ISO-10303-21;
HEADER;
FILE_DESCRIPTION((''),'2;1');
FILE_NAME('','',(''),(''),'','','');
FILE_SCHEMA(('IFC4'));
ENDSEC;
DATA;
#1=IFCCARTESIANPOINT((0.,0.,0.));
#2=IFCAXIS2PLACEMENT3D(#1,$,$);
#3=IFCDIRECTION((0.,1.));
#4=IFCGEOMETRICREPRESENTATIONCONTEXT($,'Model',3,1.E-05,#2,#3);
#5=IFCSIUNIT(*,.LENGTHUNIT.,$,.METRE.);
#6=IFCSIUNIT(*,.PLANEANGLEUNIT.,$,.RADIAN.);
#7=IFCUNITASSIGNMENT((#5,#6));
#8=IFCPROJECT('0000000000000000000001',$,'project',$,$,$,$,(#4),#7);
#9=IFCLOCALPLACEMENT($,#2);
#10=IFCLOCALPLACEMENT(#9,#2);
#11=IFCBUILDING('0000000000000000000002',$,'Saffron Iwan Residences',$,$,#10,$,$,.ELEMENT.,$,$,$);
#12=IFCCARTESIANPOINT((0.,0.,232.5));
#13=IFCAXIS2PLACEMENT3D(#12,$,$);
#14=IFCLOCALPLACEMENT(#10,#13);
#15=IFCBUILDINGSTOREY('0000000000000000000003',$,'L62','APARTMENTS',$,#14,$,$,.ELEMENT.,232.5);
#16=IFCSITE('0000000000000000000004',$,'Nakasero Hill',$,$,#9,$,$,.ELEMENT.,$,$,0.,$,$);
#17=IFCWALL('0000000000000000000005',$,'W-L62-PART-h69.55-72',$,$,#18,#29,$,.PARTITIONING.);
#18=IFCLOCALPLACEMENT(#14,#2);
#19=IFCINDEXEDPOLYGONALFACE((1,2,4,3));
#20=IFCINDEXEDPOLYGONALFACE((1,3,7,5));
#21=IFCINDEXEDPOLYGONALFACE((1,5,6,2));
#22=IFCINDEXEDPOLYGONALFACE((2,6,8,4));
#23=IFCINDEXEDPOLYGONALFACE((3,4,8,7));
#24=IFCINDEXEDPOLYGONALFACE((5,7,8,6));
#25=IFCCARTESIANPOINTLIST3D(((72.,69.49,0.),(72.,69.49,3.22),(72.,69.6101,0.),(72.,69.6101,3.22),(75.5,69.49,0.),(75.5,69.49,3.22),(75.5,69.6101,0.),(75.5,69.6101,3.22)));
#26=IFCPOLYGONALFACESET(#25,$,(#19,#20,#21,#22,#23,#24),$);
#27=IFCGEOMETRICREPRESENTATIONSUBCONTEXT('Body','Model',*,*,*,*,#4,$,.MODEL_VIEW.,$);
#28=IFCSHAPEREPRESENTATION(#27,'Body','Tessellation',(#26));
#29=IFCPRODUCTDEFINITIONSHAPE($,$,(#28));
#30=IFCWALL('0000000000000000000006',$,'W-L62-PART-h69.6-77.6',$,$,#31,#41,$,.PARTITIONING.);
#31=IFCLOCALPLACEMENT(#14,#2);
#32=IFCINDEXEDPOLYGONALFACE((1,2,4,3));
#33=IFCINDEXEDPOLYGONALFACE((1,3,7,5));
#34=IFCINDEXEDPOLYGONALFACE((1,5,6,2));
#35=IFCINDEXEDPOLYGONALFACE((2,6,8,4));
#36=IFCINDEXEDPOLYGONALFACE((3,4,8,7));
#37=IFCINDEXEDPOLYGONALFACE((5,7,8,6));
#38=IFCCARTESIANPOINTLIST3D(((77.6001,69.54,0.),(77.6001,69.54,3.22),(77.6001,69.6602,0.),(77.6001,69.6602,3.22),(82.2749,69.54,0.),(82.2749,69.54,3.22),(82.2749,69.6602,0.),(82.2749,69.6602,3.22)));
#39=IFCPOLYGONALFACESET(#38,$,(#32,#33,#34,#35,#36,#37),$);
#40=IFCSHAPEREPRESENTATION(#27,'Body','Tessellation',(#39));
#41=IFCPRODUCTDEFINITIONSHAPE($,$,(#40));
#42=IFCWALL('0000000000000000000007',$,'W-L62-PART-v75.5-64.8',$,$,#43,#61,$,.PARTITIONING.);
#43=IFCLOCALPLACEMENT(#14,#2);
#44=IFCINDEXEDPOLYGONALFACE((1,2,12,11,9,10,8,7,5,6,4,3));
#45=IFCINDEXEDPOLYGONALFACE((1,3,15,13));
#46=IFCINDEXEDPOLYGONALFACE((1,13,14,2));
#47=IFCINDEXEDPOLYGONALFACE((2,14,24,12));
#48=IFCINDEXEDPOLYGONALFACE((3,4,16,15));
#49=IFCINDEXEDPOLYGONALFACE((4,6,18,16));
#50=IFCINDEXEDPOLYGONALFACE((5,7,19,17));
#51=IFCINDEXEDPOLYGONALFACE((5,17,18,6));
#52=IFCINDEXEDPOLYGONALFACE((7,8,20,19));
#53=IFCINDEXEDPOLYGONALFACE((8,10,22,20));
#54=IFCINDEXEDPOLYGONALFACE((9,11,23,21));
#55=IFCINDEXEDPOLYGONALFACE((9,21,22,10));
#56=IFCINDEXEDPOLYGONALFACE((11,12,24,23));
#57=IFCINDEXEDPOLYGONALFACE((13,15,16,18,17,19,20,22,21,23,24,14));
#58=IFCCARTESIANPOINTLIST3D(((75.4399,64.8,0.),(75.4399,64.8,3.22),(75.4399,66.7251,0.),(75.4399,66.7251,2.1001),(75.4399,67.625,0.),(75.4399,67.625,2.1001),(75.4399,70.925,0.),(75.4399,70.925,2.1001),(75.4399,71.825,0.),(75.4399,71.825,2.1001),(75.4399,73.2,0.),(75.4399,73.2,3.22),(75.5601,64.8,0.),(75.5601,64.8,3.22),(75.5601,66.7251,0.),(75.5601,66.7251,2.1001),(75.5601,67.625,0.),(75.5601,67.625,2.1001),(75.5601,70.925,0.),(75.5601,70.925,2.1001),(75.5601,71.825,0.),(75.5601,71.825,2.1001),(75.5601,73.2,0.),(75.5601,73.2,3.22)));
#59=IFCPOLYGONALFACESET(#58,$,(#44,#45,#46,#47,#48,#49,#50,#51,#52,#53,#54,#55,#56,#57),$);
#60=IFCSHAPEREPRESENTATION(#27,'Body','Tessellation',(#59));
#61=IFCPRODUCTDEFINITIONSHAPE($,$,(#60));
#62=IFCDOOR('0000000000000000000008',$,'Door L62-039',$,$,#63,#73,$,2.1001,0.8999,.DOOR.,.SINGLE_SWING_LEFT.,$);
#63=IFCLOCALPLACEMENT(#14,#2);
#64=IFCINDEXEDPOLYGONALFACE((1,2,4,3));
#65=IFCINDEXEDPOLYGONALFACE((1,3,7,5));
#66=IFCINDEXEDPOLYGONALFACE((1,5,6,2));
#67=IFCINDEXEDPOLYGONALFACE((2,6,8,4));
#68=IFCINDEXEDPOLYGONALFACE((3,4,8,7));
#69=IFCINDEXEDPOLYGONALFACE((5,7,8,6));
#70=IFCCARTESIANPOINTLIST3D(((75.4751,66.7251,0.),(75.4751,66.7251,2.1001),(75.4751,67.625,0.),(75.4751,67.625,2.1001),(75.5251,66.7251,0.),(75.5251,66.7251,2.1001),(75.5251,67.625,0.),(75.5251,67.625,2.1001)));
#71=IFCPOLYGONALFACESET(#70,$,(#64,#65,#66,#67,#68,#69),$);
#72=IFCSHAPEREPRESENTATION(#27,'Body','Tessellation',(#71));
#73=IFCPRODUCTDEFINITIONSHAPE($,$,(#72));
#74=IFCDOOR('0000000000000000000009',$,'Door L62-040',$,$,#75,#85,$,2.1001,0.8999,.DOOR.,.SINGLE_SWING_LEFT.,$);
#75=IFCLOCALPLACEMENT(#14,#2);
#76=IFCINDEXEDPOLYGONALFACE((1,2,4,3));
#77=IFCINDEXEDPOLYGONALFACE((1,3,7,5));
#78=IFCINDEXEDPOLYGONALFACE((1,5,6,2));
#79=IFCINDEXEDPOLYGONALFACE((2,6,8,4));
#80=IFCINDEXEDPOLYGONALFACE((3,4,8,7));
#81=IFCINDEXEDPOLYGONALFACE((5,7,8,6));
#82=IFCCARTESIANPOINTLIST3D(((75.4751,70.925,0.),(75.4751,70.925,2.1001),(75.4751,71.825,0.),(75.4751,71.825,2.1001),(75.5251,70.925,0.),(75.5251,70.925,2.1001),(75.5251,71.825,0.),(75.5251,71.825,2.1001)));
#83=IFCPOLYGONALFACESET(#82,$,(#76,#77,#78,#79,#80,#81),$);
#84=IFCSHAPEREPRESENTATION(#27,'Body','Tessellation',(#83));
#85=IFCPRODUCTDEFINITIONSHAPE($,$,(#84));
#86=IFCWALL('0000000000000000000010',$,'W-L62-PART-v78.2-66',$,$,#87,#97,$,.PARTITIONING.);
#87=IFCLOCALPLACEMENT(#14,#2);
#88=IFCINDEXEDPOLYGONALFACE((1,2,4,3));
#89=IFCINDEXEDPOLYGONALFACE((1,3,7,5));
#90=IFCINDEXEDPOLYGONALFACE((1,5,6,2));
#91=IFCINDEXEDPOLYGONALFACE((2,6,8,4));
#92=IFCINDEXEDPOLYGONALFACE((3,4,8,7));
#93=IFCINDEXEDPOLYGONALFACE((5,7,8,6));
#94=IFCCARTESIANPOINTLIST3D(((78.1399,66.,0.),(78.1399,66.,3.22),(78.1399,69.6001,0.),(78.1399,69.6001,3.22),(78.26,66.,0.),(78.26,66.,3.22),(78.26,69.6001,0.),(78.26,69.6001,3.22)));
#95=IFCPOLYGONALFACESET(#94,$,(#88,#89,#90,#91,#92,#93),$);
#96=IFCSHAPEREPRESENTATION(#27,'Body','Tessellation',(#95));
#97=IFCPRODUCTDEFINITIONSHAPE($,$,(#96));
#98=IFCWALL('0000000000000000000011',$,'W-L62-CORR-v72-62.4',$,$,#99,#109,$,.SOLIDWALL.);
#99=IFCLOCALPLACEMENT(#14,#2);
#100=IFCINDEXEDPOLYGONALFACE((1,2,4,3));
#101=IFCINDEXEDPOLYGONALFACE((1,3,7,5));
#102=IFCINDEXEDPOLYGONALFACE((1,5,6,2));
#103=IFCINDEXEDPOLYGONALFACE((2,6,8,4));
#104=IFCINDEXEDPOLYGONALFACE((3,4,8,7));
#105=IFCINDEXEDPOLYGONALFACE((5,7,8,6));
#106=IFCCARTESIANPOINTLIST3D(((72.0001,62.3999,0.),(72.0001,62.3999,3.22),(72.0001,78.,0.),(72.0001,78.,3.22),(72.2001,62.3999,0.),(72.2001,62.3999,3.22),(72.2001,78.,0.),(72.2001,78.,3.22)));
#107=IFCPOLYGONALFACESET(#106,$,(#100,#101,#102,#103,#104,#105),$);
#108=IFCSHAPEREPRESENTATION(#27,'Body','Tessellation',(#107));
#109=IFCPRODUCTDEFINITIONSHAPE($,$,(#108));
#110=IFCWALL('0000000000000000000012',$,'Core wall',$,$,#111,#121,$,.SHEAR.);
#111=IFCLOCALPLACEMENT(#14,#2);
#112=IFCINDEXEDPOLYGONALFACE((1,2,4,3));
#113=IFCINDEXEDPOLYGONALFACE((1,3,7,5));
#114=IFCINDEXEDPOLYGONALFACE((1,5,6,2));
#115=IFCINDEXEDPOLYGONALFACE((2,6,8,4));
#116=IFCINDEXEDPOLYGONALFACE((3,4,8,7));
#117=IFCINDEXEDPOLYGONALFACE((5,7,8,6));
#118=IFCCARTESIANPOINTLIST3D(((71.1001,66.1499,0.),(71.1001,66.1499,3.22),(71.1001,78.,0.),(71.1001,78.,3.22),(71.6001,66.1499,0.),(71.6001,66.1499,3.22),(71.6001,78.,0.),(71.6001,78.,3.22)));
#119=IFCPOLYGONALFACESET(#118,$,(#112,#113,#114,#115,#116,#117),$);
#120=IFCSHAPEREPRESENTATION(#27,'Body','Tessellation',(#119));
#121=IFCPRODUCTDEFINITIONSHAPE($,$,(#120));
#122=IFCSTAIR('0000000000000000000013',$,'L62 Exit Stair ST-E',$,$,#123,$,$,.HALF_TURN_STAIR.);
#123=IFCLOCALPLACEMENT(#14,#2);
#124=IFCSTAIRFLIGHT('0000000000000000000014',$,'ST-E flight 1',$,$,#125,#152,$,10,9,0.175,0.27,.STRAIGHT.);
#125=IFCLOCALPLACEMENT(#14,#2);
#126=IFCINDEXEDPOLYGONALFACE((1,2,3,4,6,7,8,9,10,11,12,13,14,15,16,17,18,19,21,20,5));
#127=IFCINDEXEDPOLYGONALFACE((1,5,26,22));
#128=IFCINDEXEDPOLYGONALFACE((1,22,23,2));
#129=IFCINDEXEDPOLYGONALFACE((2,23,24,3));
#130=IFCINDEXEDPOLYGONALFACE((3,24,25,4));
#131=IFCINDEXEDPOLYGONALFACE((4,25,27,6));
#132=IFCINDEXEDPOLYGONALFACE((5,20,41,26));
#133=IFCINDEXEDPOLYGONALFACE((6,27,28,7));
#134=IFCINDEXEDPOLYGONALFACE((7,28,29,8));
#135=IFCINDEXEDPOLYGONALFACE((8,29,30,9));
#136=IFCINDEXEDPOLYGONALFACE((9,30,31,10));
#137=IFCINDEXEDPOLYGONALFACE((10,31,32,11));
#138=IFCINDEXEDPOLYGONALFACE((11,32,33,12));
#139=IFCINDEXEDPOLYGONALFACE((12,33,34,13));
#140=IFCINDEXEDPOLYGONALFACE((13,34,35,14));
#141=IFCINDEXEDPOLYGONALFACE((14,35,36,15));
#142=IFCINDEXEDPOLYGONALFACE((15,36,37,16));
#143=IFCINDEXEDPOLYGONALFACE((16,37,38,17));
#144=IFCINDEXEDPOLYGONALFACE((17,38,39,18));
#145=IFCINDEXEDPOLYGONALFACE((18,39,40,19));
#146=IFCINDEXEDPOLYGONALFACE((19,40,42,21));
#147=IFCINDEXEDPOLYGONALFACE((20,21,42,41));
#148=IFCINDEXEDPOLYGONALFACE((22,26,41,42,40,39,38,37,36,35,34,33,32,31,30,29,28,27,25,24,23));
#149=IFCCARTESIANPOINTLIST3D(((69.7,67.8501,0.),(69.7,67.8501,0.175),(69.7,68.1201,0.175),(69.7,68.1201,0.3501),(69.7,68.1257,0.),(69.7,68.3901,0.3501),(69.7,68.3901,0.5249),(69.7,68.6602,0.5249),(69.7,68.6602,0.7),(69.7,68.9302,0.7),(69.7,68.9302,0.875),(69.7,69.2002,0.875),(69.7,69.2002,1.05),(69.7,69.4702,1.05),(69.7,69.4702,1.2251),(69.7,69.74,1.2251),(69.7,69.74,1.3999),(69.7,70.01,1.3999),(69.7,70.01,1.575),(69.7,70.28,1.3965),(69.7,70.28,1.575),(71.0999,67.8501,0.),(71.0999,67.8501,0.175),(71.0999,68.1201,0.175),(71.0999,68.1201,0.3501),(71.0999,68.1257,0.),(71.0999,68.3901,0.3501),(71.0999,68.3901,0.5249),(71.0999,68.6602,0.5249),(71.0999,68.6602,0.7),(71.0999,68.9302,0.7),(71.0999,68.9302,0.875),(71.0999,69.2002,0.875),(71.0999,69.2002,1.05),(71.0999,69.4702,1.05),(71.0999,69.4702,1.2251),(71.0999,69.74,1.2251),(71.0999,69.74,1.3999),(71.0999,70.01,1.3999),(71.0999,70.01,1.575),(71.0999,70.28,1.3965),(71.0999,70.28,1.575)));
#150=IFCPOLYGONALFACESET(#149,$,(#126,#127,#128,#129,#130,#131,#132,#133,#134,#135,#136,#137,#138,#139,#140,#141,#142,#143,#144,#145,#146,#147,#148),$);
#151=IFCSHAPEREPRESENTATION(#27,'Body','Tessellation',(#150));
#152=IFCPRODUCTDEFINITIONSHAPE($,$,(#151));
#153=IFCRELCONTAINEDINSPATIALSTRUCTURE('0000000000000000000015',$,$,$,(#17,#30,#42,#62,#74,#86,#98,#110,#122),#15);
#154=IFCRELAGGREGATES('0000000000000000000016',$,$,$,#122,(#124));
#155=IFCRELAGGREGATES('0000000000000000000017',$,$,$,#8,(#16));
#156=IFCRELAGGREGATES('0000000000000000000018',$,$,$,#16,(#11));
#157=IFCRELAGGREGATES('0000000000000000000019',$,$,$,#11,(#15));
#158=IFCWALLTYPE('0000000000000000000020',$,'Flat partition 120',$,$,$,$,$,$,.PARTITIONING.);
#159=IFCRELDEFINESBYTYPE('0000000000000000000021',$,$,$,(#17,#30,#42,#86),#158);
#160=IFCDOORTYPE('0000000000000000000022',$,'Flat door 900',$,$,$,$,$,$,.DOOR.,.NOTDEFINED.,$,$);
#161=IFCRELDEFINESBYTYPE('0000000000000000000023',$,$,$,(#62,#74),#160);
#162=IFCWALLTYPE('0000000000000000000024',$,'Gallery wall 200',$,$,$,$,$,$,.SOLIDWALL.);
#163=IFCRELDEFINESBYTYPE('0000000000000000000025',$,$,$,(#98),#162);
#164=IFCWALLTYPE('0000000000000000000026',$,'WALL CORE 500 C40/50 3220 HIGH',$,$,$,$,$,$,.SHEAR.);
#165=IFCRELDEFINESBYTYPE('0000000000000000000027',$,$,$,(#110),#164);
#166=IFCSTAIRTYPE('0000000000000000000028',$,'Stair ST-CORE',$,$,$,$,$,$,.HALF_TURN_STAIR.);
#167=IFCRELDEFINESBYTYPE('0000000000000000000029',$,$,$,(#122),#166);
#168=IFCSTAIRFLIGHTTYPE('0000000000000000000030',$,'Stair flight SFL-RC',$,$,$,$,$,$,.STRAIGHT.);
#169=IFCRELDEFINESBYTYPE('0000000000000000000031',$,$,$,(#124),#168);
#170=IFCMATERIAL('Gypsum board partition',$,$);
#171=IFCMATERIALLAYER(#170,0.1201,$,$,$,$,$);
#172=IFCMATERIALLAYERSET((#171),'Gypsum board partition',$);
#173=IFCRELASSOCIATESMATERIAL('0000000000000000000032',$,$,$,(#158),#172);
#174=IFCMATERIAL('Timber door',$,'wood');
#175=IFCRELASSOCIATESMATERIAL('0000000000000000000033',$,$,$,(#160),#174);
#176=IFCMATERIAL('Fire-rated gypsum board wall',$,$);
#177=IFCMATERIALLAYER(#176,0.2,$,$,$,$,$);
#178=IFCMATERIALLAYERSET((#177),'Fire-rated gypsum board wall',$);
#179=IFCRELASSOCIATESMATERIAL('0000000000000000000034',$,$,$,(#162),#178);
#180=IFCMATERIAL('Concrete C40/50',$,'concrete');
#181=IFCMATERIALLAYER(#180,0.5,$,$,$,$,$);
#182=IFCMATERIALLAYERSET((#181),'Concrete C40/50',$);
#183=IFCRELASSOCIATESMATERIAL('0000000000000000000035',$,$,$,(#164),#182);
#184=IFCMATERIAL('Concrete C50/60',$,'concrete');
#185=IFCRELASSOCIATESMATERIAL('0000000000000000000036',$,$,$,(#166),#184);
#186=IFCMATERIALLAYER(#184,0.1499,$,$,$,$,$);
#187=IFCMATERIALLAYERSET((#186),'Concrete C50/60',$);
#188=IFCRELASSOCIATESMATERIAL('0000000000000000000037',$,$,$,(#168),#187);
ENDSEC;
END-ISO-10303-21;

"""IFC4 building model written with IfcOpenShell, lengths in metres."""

from ifc_helpers import new_model, si_unit, direction, frame, frame_2d, origin, place, context, subcontext, project, spatial, polyline, rectangle, outline, extrude, material, layer, layer_set, type_object, element, fill, aggregate, save


model = new_model("IFC4")

# Units and contexts
model_context = context("Model", 3, precision=1e-05, world=origin(), true_north=direction((0.0, 1.0)))
body_context = subcontext(model_context, "Body", "Model", "MODEL_VIEW")
ifc_project = project(units=[si_unit("LENGTHUNIT", "METRE"), si_unit("PLANEANGLEUNIT", "RADIAN")], contexts=[model_context])

# Site, building, storey
site_placement = place(None, origin())
site = spatial("IfcSite", under=ifc_project, at=site_placement, Name="Nakasero Hill", CompositionType="ELEMENT", RefElevation=0.0)
building_placement = place(site_placement, origin())
building = spatial("IfcBuilding", under=site, at=building_placement, Name="Saffron Iwan Residences", CompositionType="ELEMENT")
storey_placement = place(building_placement, frame((0.0, 0.0, 232.5)))
storey = spatial("IfcBuildingStorey", under=building, at=storey_placement, Name="L62", Description="APARTMENTS", CompositionType="ELEMENT", Elevation=232.5)

# Shared definitions
ifc_material_1 = material(Name="Concrete C40/50", Category="concrete")

# Shared definitions
ifc_material_2 = material(Name="Fire-rated gypsum board wall")
ifc_material_3 = material(Name="Gypsum board partition")
ifc_layer_1 = layer(ifc_material_3, 0.1201)
ifc_layer_set_1 = layer_set([ifc_layer_1], Name="Gypsum board partition")
wall_type_1 = type_object("IfcWallType", Name="Flat partition 120", PredefinedType="PARTITIONING", material=ifc_layer_set_1)

# Shared definitions
ifc_material_4 = material(Name="Timber door", Category="wood")
door_type_1 = type_object("IfcDoorType", Name="Flat door 900", OperationType="NOTDEFINED", PredefinedType="DOOR", material=ifc_material_4)

# Walls
wall_1_placement = place(storey_placement, frame((72.0, 69.55, 0.0), z_axis=(0.0, 0.0, 1.0), x_axis=(1.0, 0.0, 0.0)))
element("IfcWall", 1, at=wall_1_placement, inside=storey, type_object=wall_type_1, Name="W-L62-PART-h69.55-72", PredefinedType="PARTITIONING", context=body_context, shape_type="SweptSolid", body=[
    extrude(rectangle(XDim=3.5, YDim=0.1201, at=frame_2d((1.75, 0.0))), origin(), (0.0, 0.0, 1.0), 3.22),
])
wall_2_placement = place(storey_placement, frame((77.6001, 69.6001, 0.0), z_axis=(0.0, 0.0, 1.0), x_axis=(1.0, 0.0, 0.0)))
element("IfcWall", 2, at=wall_2_placement, inside=storey, type_object=wall_type_1, Name="W-L62-PART-h69.6-77.6", PredefinedType="PARTITIONING", context=body_context, shape_type="SweptSolid", body=[
    extrude(rectangle(XDim=4.6748, YDim=0.1201, at=frame_2d((2.3374, 0.0))), origin(), (0.0, 0.0, 1.0), 3.22),
])

# Wall, openings, doors
wall_3_placement = place(storey_placement, frame((75.5, 64.8, 0.0), z_axis=(0.0, 0.0, 1.0), x_axis=(0.0, 1.0, 0.0)))
wall_3 = element("IfcWall", 3, at=wall_3_placement, inside=storey, type_object=wall_type_1, Name="W-L62-PART-v75.5-64.8", PredefinedType="PARTITIONING", context=body_context, shape_type="SweptSolid", body=[
    extrude(rectangle(XDim=8.3999, YDim=0.1201, at=frame_2d((4.2, 0.0))), origin(), (0.0, 0.0, 1.0), 3.22),
])
opening_1_placement = place(wall_3_placement, frame((1.925, 0.0, 0.0)))
opening_1 = element("IfcOpeningElement", 4, at=opening_1_placement, cuts=wall_3, PredefinedType="OPENING", context=body_context, shape_type="SweptSolid", body=[
    extrude(rectangle(XDim=0.8999, YDim=2.1001, at=frame_2d((0.45, 1.05))), frame((0.0, 0.0701, 0.0), z_axis=(0.0, -1.0, 0.0), x_axis=(1.0, 0.0, 0.0)), (0.0, 0.0, 1.0), 0.1401),
])
opening_2_placement = place(wall_3_placement, frame((6.125, 0.0, 0.0)))
opening_2 = element("IfcOpeningElement", 5, at=opening_2_placement, cuts=wall_3, PredefinedType="OPENING", context=body_context, shape_type="SweptSolid", body=[
    extrude(rectangle(XDim=0.8999, YDim=2.1001, at=frame_2d((0.45, 1.05))), frame((0.0, 0.0701, 0.0), z_axis=(0.0, -1.0, 0.0), x_axis=(1.0, 0.0, 0.0)), (0.0, 0.0, 1.0), 0.1401),
])
door_1_placement = place(opening_1_placement, origin())
door_1 = element("IfcDoor", 6, at=door_1_placement, inside=storey, type_object=door_type_1, Name="Door L62-039", OperationType="SINGLE_SWING_LEFT", OverallHeight=2.1001, OverallWidth=0.8999, PredefinedType="DOOR", context=body_context, shape_type="SweptSolid", body=[
    extrude(rectangle(XDim=0.8999, YDim=2.1001, at=frame_2d((0.45, 1.05))), frame((0.0, 0.0249, 0.0), z_axis=(0.0, -1.0, 0.0), x_axis=(1.0, 0.0, 0.0)), (0.0, 0.0, 1.0), 0.05),
])
fill(opening_1, door_1)
door_2_placement = place(opening_2_placement, origin())
door_2 = element("IfcDoor", 7, at=door_2_placement, inside=storey, type_object=door_type_1, Name="Door L62-040", OperationType="SINGLE_SWING_LEFT", OverallHeight=2.1001, OverallWidth=0.8999, PredefinedType="DOOR", context=body_context, shape_type="SweptSolid", body=[
    extrude(rectangle(XDim=0.8999, YDim=2.1001, at=frame_2d((0.45, 1.05))), frame((0.0, 0.0249, 0.0), z_axis=(0.0, -1.0, 0.0), x_axis=(1.0, 0.0, 0.0)), (0.0, 0.0, 1.0), 0.05),
])
fill(opening_2, door_2)

# Walls
wall_4_placement = place(storey_placement, frame((78.2, 66.0, 0.0), z_axis=(0.0, 0.0, 1.0), x_axis=(0.0, 1.0, 0.0)))
element("IfcWall", 8, at=wall_4_placement, inside=storey, type_object=wall_type_1, Name="W-L62-PART-v78.2-66", PredefinedType="PARTITIONING", context=body_context, shape_type="SweptSolid", body=[
    extrude(rectangle(XDim=3.6001, YDim=0.1201, at=frame_2d((1.8, 0.0))), origin(), (0.0, 0.0, 1.0), 3.22),
])
ifc_layer_2 = layer(ifc_material_2, 0.2)
ifc_layer_set_2 = layer_set([ifc_layer_2], Name="Fire-rated gypsum board wall")
wall_type_2 = type_object("IfcWallType", Name="Gallery wall 200", PredefinedType="SOLIDWALL", material=ifc_layer_set_2)
wall_5_placement = place(storey_placement, frame((72.1001, 62.3999, 0.0), z_axis=(0.0, 0.0, 1.0), x_axis=(0.0, 1.0, 0.0)))
element("IfcWall", 9, at=wall_5_placement, inside=storey, type_object=wall_type_2, Name="W-L62-CORR-v72-62.4", PredefinedType="SOLIDWALL", context=body_context, shape_type="SweptSolid", body=[
    extrude(rectangle(XDim=15.6001, YDim=0.2, at=frame_2d((7.8, 0.0))), origin(), (0.0, 0.0, 1.0), 3.22),
])
ifc_layer_3 = layer(ifc_material_1, 0.5)
ifc_layer_set_3 = layer_set([ifc_layer_3], Name="Concrete C40/50")
wall_type_3 = type_object("IfcWallType", Name="WALL CORE 500 C40/50 3220 HIGH", PredefinedType="SHEAR", material=ifc_layer_set_3)
wall_6_placement = place(storey_placement, frame((71.3501, 66.1499, 0.0), z_axis=(0.0, 0.0, 1.0), x_axis=(0.0, 1.0, 0.0)))
element("IfcWall", 10, at=wall_6_placement, inside=storey, type_object=wall_type_3, Name="Core wall", PredefinedType="SHEAR", context=body_context, shape_type="SweptSolid", body=[
    extrude(rectangle(XDim=11.8501, YDim=0.5, at=frame_2d((5.925, 0.0))), origin(), (0.0, 0.0, 1.0), 3.22),
])

# Stair, stair flight
ifc_material_5 = material(Name="Concrete C50/60", Category="concrete")
stair_type = type_object("IfcStairType", Name="Stair ST-CORE", PredefinedType="HALF_TURN_STAIR", material=ifc_material_5)
stair_placement = place(storey_placement, origin())
stair = element("IfcStair", 11, at=stair_placement, inside=storey, type_object=stair_type, Name="L62 Exit Stair ST-E", PredefinedType="HALF_TURN_STAIR")
ifc_layer_4 = layer(ifc_material_5, 0.1499)
ifc_layer_set_4 = layer_set([ifc_layer_4], Name="Concrete C50/60")
stair_flight_type = type_object("IfcStairFlightType", Name="Stair flight SFL-RC", PredefinedType="STRAIGHT", material=ifc_layer_set_4)
stair_flight_placement = place(storey_placement, frame((70.3999, 67.8501, 0.0), z_axis=(0.0, 0.0, 1.0), x_axis=(0.0, 1.0, 0.0)))
stair_flight = element("IfcStairFlight", 12, at=stair_flight_placement, type_object=stair_flight_type, Name="ST-E flight 1", NumberOfRisers=10, NumberOfTreads=9, PredefinedType="STRAIGHT", RiserHeight=0.175, TreadLength=0.27, context=body_context, shape_type="SweptSolid", body=[
    extrude(outline(polyline([(0.0, 0.0), (0.0, 0.175), (0.27, 0.175), (0.27, 0.3501), (0.54, 0.3501), (0.54, 0.5249), (0.8101, 0.5249), (0.8101, 0.7), (1.0801, 0.7), (1.0801, 0.875), (1.3501, 0.875), (1.3501, 1.05), (1.6201, 1.05), (1.6201, 1.2251), (1.8899, 1.2251), (1.8899, 1.3999), (2.1599, 1.3999), (2.1599, 1.575), (2.4299, 1.575), (2.4299, 1.75), (2.4299, 1.3965), (0.2756, 0.0), (0.0, 0.0)])), frame((0.0, 0.7, 0.0), z_axis=(0.0, -1.0, 0.0), x_axis=(1.0, 0.0, 0.0)), (0.0, 0.0, 1.0), 1.3999),
])
aggregate(stair, [stair_flight])

save(model, "model.ifc")
